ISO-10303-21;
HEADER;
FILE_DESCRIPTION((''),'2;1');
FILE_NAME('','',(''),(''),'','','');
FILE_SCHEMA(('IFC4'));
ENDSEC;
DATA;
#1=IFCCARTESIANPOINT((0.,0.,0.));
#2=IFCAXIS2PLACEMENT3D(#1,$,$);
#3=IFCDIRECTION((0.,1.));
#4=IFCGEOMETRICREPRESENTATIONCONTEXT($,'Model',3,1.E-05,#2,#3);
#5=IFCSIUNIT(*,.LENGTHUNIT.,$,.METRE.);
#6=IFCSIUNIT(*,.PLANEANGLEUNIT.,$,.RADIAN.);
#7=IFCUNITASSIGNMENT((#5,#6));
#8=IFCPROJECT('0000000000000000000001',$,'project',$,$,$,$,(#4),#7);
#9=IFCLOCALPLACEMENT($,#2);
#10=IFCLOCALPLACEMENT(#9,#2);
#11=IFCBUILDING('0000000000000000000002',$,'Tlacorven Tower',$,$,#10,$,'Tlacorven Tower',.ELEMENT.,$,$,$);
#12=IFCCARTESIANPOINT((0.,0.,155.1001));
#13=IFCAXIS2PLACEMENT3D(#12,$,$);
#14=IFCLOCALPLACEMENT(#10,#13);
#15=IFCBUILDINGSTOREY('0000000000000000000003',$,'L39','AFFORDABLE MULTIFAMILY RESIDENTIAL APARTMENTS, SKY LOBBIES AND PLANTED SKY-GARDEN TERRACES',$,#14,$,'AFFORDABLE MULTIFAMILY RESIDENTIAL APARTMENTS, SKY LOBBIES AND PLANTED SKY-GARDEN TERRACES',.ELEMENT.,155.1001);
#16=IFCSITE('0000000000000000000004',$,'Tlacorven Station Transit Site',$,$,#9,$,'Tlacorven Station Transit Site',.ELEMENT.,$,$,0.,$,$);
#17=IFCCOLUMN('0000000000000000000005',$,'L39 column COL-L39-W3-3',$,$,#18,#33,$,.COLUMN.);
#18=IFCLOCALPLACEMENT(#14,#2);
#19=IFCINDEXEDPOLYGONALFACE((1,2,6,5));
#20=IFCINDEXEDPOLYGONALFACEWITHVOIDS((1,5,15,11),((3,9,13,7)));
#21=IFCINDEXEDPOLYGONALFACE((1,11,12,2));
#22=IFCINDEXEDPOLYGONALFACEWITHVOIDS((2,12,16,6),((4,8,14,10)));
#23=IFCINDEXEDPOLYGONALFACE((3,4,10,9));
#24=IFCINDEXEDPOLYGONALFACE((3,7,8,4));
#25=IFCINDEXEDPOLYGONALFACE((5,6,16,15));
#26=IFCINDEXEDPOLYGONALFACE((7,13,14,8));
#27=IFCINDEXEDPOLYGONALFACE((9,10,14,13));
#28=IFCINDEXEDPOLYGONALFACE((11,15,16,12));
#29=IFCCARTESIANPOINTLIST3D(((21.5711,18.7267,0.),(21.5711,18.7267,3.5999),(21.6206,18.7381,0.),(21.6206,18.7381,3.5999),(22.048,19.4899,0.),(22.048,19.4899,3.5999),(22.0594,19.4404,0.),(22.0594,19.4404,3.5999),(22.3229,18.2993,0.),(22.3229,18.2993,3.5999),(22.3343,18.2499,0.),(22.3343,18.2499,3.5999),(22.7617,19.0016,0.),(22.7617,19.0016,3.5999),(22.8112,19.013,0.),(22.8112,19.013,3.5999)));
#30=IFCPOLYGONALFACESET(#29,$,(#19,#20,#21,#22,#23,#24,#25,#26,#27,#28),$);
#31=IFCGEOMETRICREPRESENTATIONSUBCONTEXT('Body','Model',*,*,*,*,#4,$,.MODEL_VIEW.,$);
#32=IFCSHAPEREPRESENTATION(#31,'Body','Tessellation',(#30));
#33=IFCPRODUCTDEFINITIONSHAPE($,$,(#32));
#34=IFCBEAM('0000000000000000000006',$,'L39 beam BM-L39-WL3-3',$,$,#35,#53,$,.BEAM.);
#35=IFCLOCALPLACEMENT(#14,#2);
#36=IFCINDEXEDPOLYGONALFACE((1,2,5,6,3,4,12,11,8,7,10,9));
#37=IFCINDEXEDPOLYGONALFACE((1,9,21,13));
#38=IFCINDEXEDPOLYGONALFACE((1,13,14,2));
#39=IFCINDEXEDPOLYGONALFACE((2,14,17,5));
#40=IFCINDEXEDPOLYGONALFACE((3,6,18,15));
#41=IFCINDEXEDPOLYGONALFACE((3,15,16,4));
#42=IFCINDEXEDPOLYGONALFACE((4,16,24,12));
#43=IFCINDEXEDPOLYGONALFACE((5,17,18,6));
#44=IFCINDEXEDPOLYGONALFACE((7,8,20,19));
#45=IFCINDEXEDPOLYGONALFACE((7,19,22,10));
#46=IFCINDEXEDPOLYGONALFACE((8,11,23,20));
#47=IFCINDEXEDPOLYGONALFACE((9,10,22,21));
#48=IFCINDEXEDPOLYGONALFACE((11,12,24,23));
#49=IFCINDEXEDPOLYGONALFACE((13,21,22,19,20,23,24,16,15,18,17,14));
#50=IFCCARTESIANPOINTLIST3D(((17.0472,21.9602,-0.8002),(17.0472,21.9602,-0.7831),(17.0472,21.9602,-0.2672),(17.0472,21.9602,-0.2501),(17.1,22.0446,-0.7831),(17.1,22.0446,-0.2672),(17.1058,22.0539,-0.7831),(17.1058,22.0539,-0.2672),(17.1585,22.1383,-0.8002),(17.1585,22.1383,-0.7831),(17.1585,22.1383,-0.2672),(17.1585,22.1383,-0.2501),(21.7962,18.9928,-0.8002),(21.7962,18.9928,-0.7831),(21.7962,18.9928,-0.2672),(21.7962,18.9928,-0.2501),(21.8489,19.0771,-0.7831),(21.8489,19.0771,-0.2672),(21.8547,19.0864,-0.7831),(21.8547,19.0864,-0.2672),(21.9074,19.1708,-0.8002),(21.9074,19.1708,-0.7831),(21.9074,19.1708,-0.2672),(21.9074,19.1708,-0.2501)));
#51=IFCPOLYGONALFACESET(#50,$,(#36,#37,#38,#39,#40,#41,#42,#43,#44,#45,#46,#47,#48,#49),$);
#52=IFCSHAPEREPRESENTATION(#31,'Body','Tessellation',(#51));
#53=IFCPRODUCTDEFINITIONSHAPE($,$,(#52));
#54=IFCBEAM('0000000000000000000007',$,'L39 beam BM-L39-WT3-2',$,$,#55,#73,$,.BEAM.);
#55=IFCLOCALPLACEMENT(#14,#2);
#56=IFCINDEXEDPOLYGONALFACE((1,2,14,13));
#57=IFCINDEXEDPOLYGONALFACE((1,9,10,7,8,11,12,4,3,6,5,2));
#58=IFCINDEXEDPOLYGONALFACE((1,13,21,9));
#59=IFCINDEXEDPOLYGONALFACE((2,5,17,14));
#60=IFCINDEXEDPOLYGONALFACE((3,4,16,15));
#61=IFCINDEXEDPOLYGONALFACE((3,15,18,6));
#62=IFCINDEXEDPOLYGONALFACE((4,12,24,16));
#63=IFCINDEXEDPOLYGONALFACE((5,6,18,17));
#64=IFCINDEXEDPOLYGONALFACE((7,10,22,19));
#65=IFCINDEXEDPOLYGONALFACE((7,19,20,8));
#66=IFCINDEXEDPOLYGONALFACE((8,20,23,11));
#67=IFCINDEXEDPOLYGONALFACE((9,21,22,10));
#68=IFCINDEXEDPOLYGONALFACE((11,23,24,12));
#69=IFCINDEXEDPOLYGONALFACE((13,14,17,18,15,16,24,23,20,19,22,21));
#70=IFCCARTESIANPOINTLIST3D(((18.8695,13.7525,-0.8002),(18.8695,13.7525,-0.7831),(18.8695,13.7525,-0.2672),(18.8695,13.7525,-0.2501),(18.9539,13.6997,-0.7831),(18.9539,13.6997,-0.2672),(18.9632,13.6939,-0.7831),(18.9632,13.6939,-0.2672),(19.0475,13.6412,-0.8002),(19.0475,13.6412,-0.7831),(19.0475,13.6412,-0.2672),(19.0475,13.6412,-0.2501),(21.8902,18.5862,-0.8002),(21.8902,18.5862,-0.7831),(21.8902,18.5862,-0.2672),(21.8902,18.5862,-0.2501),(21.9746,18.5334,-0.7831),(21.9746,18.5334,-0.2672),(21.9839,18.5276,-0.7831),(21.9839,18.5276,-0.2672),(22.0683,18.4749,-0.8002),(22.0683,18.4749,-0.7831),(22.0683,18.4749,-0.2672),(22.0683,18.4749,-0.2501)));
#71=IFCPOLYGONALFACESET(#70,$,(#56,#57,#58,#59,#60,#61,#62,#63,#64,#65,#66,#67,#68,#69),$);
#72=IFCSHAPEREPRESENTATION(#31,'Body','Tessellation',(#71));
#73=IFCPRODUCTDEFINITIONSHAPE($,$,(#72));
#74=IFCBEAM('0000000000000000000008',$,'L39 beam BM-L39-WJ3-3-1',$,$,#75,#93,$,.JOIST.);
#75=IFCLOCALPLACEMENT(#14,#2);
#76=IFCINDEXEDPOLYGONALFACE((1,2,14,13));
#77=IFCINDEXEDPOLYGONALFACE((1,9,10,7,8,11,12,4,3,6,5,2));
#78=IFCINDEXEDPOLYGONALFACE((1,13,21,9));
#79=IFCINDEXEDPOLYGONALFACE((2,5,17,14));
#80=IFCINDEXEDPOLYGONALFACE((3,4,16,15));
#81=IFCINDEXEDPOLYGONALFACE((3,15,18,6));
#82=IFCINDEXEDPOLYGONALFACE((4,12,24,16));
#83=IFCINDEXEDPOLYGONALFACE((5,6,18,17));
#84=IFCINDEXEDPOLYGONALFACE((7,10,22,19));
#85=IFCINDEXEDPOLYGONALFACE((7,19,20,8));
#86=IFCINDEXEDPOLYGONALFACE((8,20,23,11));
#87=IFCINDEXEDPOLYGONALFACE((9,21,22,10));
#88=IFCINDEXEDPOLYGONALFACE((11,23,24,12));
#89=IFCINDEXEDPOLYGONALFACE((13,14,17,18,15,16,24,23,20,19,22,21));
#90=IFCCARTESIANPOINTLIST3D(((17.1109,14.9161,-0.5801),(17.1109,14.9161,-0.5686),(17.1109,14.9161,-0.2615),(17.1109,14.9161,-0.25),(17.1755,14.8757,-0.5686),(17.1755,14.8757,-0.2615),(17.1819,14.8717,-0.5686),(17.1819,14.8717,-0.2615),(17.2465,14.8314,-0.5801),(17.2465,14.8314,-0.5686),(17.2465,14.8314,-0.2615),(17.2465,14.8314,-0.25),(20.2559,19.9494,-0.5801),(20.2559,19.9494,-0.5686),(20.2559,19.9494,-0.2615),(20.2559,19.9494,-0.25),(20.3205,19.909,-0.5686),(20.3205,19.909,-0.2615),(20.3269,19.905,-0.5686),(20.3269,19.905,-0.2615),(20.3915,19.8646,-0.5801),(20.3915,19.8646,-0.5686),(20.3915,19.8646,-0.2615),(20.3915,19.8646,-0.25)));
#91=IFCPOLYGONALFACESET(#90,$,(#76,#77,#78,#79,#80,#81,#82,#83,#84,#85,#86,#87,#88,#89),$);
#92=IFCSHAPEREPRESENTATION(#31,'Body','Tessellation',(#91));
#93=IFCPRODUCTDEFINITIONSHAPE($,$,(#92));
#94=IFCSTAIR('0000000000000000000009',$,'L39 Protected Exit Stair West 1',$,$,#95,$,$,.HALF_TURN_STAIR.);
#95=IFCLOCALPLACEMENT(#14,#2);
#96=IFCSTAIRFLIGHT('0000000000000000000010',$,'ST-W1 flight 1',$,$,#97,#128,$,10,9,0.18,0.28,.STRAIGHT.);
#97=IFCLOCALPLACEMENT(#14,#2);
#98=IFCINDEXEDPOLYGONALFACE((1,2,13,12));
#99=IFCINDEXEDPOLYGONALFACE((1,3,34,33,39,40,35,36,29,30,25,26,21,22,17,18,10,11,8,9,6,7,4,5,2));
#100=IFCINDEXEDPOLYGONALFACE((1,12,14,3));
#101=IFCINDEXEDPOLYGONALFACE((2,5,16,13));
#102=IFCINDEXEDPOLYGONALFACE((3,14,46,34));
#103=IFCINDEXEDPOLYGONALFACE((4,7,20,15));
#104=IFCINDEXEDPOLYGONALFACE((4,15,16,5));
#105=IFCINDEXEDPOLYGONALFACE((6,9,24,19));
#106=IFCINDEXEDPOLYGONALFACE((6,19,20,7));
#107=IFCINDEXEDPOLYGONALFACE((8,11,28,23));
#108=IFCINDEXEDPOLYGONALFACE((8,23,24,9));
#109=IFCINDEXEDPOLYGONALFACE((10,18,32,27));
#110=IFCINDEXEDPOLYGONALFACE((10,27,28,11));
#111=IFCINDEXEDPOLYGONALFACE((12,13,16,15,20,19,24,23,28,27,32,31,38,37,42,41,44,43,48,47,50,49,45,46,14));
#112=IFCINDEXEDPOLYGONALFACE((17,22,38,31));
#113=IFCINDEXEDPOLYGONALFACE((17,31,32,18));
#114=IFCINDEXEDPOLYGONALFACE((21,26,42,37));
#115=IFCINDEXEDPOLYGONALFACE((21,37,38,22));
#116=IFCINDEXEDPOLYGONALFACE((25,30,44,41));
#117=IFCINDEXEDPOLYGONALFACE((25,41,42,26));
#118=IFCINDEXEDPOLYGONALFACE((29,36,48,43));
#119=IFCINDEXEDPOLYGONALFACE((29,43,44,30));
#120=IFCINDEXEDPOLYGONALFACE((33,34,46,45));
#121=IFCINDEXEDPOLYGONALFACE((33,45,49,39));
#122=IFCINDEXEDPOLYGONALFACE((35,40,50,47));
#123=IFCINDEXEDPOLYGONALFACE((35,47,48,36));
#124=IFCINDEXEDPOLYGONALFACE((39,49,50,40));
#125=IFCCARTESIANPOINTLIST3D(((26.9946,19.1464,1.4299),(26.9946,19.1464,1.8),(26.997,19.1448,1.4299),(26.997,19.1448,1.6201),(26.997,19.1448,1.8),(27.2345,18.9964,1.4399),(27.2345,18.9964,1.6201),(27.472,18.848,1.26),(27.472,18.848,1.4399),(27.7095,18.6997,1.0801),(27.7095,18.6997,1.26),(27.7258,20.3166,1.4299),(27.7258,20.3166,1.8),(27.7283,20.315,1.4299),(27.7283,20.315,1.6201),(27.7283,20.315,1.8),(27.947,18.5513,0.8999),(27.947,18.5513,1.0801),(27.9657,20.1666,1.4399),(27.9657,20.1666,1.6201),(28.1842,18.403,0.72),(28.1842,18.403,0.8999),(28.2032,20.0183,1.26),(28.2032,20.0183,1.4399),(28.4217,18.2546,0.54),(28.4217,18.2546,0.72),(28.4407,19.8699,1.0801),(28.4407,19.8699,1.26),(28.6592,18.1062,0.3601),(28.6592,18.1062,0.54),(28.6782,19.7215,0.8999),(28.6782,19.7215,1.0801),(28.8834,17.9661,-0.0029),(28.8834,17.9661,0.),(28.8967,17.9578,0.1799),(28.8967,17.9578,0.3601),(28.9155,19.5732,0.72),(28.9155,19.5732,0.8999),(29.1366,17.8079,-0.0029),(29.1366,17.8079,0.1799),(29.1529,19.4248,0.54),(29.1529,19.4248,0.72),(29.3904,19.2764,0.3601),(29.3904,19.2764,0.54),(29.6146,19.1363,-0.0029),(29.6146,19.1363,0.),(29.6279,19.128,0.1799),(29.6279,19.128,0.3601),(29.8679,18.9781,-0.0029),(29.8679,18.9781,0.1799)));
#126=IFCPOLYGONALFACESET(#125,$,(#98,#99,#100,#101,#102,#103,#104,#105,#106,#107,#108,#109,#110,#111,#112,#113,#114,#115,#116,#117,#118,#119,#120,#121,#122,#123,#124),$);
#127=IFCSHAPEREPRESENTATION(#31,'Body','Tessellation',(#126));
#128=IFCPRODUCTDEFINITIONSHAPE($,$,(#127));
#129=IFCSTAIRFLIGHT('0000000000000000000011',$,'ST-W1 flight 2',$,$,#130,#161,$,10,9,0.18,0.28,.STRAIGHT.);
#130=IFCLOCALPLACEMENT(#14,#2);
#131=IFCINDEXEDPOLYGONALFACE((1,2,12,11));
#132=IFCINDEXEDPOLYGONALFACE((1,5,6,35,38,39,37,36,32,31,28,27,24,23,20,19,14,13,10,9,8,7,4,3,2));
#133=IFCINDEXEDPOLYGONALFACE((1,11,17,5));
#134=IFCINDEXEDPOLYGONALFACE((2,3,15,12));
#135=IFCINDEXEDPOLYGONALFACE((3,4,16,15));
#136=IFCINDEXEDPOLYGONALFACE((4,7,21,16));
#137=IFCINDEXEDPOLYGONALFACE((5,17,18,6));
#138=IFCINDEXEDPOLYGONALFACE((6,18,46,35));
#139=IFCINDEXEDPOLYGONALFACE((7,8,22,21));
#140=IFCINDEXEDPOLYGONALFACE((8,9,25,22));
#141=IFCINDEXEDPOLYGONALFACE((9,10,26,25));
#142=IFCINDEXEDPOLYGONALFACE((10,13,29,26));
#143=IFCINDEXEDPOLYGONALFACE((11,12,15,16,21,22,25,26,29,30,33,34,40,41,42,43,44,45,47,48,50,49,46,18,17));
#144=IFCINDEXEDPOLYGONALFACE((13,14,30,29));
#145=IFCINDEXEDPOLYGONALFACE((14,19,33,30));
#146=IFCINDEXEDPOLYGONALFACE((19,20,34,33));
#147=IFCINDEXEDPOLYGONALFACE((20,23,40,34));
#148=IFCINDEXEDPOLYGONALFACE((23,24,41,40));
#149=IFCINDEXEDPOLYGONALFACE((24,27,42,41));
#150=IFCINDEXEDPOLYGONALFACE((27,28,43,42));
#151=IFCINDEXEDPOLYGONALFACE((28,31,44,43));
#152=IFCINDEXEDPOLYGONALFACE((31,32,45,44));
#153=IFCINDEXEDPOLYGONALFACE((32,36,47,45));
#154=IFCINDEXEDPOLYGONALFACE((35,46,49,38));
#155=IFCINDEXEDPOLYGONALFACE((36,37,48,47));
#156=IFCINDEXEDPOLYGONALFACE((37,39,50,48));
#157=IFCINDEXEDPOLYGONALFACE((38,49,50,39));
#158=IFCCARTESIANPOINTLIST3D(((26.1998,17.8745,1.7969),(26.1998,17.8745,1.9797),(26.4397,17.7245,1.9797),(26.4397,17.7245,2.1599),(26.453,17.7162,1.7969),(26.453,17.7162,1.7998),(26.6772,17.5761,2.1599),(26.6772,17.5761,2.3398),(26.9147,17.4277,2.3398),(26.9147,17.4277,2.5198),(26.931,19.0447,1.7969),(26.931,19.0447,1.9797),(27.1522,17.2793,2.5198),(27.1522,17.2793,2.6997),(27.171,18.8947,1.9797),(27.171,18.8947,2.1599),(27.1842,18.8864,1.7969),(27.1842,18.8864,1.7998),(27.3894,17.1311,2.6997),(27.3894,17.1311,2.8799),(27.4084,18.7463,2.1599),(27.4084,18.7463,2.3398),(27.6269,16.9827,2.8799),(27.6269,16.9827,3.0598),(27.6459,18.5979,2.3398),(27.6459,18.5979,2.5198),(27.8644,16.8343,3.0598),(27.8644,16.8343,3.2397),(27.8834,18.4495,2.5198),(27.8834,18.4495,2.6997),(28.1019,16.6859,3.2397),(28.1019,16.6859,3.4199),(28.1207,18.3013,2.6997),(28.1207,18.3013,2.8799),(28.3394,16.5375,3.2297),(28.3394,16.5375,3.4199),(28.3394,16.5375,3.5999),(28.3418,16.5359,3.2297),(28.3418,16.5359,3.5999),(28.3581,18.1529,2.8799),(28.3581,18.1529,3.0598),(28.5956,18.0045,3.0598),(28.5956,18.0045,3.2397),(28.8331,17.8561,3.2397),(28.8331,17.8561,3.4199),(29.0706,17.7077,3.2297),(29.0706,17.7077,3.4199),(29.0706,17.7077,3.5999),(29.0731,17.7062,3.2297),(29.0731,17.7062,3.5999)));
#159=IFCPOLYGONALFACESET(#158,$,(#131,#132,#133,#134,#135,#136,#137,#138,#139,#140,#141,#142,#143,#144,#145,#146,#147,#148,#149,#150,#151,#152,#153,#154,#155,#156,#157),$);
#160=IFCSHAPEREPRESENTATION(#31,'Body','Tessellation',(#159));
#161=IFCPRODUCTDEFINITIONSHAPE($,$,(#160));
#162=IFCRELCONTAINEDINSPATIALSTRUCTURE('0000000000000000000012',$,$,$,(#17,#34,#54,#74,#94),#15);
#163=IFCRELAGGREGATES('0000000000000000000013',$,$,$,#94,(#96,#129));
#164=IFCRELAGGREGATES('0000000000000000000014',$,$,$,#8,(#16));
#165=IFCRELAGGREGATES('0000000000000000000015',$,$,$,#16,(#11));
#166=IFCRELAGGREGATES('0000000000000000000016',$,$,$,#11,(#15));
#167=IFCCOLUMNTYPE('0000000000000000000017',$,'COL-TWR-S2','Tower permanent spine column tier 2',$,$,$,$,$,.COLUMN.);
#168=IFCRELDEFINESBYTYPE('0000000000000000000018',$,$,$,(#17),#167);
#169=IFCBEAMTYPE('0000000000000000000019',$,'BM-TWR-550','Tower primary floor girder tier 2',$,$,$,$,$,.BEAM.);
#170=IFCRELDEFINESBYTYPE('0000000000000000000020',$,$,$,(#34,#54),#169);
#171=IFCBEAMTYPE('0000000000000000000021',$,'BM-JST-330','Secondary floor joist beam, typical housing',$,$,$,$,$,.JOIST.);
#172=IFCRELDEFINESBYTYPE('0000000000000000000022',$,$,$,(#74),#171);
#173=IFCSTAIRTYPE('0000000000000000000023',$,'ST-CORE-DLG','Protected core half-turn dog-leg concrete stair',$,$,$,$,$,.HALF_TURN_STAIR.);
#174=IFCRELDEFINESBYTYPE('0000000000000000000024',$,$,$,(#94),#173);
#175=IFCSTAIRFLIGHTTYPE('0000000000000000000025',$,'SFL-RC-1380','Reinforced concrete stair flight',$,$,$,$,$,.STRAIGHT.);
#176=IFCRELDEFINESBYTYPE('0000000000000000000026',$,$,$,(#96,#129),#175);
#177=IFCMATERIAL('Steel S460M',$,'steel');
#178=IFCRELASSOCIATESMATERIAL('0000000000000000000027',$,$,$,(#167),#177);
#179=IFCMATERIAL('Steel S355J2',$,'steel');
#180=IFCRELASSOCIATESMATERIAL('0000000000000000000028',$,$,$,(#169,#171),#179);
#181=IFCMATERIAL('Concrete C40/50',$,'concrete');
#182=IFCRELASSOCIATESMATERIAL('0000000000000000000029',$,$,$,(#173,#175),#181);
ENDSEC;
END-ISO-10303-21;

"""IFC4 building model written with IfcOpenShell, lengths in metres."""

from ifc_helpers import new_model, si_unit, direction, frame, origin, origin_2d, place, context, subcontext, project, spatial, polyline, hollow_rectangle, i_section, outline, extrude, source, transform, mapped, material, material_profile, profile_set, type_object, element, aggregate, save


model = new_model("IFC4")

# Units and contexts
model_context = context("Model", 3, precision=1e-05, world=origin(), true_north=direction((0.0, 1.0)))
body_context = subcontext(model_context, "Body", "Model", "MODEL_VIEW")
ifc_project = project(units=[si_unit("LENGTHUNIT", "METRE"), si_unit("PLANEANGLEUNIT", "RADIAN")], contexts=[model_context])

# Site, building, storey
site_placement = place(None, origin())
site = spatial("IfcSite", under=ifc_project, at=site_placement, Name="Tlacorven Station Transit Site", LongName="Tlacorven Station Transit Site", CompositionType="ELEMENT", RefElevation=0.0)
building_placement = place(site_placement, origin())
building = spatial("IfcBuilding", under=site, at=building_placement, Name="Tlacorven Tower", LongName="Tlacorven Tower", CompositionType="ELEMENT")
storey_placement = place(building_placement, frame((0.0, 0.0, 155.1001)))
storey = spatial("IfcBuildingStorey", under=building, at=storey_placement, Name="L39", Description="AFFORDABLE MULTIFAMILY RESIDENTIAL APARTMENTS, SKY LOBBIES AND PLANTED SKY-GARDEN TERRACES", LongName="AFFORDABLE MULTIFAMILY RESIDENTIAL APARTMENTS, SKY LOBBIES AND PLANTED SKY-GARDEN TERRACES", CompositionType="ELEMENT", Elevation=155.1001)

# Column
ifc_material_1 = material(Name="Steel S460M", Category="steel")
ifc_material_profile_1 = material_profile(ifc_material_1, hollow_rectangle(XDim=0.8999, YDim=0.8999, WallThickness=0.0359, at=origin_2d()), Name="BOX 900X900X36")
ifc_profile_set_1 = profile_set([ifc_material_profile_1], Name="Steel S460M")
column_type = type_object("IfcColumnType", Name="COL-TWR-S2", Description="Tower permanent spine column tier 2", PredefinedType="COLUMN", material=ifc_profile_set_1)
shared_shape_1 = source(origin(), body_context, "Body", "SweptSolid", [
    extrude(hollow_rectangle(XDim=0.8999, YDim=0.8999, WallThickness=0.0359, at=origin_2d()), origin(), (0.0, 0.0, 1.0), 3.5999),
])
column_placement = place(storey_placement, frame((22.1912, 18.8699, 0.0), z_axis=(0.0, 0.0, 1.0), x_axis=(-0.848048, 0.529919, 0.0)))
element("IfcColumn", 1, at=column_placement, inside=storey, type_object=column_type, Name="L39 column COL-L39-W3-3", PredefinedType="COLUMN", context=body_context, shape_type="MappedRepresentation", body=[
    mapped(shared_shape_1, transform((0.0, 0.0, 0.0), scale=1.0)),
])

# Beams
ifc_material_2 = material(Name="Steel S355J2", Category="steel")
ifc_material_profile_2 = material_profile(ifc_material_2, i_section(OverallWidth=0.21, OverallDepth=0.55, WebThickness=0.011, FlangeThickness=0.0171, at=origin_2d()), Name="IPE 550")
ifc_profile_set_2 = profile_set([ifc_material_profile_2], Name="Steel S355J2")
beam_type_1 = type_object("IfcBeamType", Name="BM-TWR-550", Description="Tower primary floor girder tier 2", PredefinedType="BEAM", material=ifc_profile_set_2)
shared_shape_2 = source(origin(), body_context, "Body", "SweptSolid", [
    extrude(i_section(OverallWidth=0.21, OverallDepth=0.55, WebThickness=0.011, FlangeThickness=0.0171, at=origin_2d()), origin(), (0.0, 0.0, 1.0), 5.5999),
])
beam_1_placement = place(storey_placement, frame((21.8518, 19.0818, -0.5251), z_axis=(-0.848047, 0.529921, 0.0), x_axis=(-0.529921, -0.848047, 0.0)))
element("IfcBeam", 2, at=beam_1_placement, inside=storey, type_object=beam_type_1, Name="L39 beam BM-L39-WL3-3", PredefinedType="BEAM", context=body_context, shape_type="MappedRepresentation", body=[
    mapped(shared_shape_2, transform((0.0, 0.0, 0.0), scale=1.0)),
])
shared_shape_3 = source(origin(), body_context, "Body", "SweptSolid", [
    extrude(i_section(OverallWidth=0.21, OverallDepth=0.55, WebThickness=0.011, FlangeThickness=0.0171, at=origin_2d()), origin(), (0.0, 0.0, 1.0), 5.7),
])
beam_2_placement = place(storey_placement, frame((21.9792, 18.5305, -0.5251), z_axis=(-0.529957, -0.848025, 0.0), x_axis=(0.848025, -0.529957, 0.0)))
element("IfcBeam", 3, at=beam_2_placement, inside=storey, type_object=beam_type_1, Name="L39 beam BM-L39-WT3-2", PredefinedType="BEAM", context=body_context, shape_type="MappedRepresentation", body=[
    mapped(shared_shape_3, transform((0.0, 0.0, 0.0), scale=1.0)),
])
ifc_material_profile_3 = material_profile(ifc_material_2, i_section(OverallWidth=0.1599, OverallDepth=0.3301, WebThickness=0.0076, FlangeThickness=0.0115, at=origin_2d()), Name="IPE 330")
ifc_profile_set_3 = profile_set([ifc_material_profile_3], Name="Steel S355J2")
beam_type_2 = type_object("IfcBeamType", Name="BM-JST-330", Description="Secondary floor joist beam, typical housing", PredefinedType="JOIST", material=ifc_profile_set_3)
shared_shape_4 = source(origin(), body_context, "Body", "SweptSolid", [
    extrude(i_section(OverallWidth=0.1599, OverallDepth=0.3301, WebThickness=0.0076, FlangeThickness=0.0115, at=origin_2d()), origin(), (0.0, 0.0, 1.0), 5.9351),
])
beam_3_placement = place(storey_placement, frame((20.3237, 19.907, -0.415), z_axis=(-0.52991, -0.848054, 0.0), x_axis=(0.848054, -0.52991, 0.0)))
element("IfcBeam", 4, at=beam_3_placement, inside=storey, type_object=beam_type_2, Name="L39 beam BM-L39-WJ3-3-1", PredefinedType="JOIST", context=body_context, shape_type="MappedRepresentation", body=[
    mapped(shared_shape_4, transform((0.0, 0.0, 0.0), scale=1.0)),
])

# Stair, stair flights
ifc_material_3 = material(Name="Concrete C40/50", Category="concrete")
stair_type = type_object("IfcStairType", Name="ST-CORE-DLG", Description="Protected core half-turn dog-leg concrete stair", PredefinedType="HALF_TURN_STAIR", material=ifc_material_3)
stair_placement = place(storey_placement, origin())
stair = element("IfcStair", 5, at=stair_placement, inside=storey, type_object=stair_type, Name="L39 Protected Exit Stair West 1", PredefinedType="HALF_TURN_STAIR")
stair_flight_type = type_object("IfcStairFlightType", Name="SFL-RC-1380", Description="Reinforced concrete stair flight", PredefinedType="STRAIGHT", material=ifc_material_3)
shared_shape_5 = source(origin(), body_context, "Body", "SweptSolid", [
    extrude(outline(polyline([(-0.0029, -0.0029), (-0.0029, 0.1799), (0.28, 0.1799), (0.28, 0.3601), (0.5601, 0.3601), (0.5601, 0.54), (0.8401, 0.54), (0.8401, 0.72), (1.1201, 0.72), (1.1201, 0.8999), (1.3999, 0.8999), (1.3999, 1.0801), (1.6799, 1.0801), (1.6799, 1.26), (1.96, 1.26), (1.96, 1.4399), (2.24, 1.4399), (2.24, 1.6201), (2.52, 1.6201), (2.52, 1.8), (2.5229, 1.8), (2.5229, 1.4299), (2.52, 1.4299), (0.2957, 0.0), (0.2957, -0.0029), (-0.0029, -0.0029)])), frame((0.0, 0.6899, 0.0), z_axis=(0.0, -1.0, 0.0), x_axis=(1.0, 0.0, 0.0)), (0.0, 0.0, 1.0), 1.3799),
])
stair_flight_1_placement = place(storey_placement, frame((29.4998, 18.3945, 0.0), z_axis=(0.0, 0.0, 1.0), x_axis=(-0.848048, 0.529919, 0.0)))
stair_flight_1 = element("IfcStairFlight", 6, at=stair_flight_1_placement, type_object=stair_flight_type, Name="ST-W1 flight 1", NumberOfRisers=10, NumberOfTreads=9, PredefinedType="STRAIGHT", RiserHeight=0.18, TreadLength=0.28, context=body_context, shape_type="MappedRepresentation", body=[
    mapped(shared_shape_5, transform((0.0, 0.0, 0.0), scale=1.0)),
])
stair_flight_2_placement = place(storey_placement, frame((26.5679, 18.458, 1.7998), z_axis=(0.0, 0.0, 1.0), x_axis=(0.848048, -0.529919, 0.0)))
stair_flight_2 = element("IfcStairFlight", 7, at=stair_flight_2_placement, type_object=stair_flight_type, Name="ST-W1 flight 2", NumberOfRisers=10, NumberOfTreads=9, PredefinedType="STRAIGHT", RiserHeight=0.18, TreadLength=0.28, context=body_context, shape_type="MappedRepresentation", body=[
    mapped(shared_shape_5, transform((0.0, 0.0, 0.0), scale=1.0)),
])
aggregate(stair, [stair_flight_1, stair_flight_2])

save(model, "model.ifc")
